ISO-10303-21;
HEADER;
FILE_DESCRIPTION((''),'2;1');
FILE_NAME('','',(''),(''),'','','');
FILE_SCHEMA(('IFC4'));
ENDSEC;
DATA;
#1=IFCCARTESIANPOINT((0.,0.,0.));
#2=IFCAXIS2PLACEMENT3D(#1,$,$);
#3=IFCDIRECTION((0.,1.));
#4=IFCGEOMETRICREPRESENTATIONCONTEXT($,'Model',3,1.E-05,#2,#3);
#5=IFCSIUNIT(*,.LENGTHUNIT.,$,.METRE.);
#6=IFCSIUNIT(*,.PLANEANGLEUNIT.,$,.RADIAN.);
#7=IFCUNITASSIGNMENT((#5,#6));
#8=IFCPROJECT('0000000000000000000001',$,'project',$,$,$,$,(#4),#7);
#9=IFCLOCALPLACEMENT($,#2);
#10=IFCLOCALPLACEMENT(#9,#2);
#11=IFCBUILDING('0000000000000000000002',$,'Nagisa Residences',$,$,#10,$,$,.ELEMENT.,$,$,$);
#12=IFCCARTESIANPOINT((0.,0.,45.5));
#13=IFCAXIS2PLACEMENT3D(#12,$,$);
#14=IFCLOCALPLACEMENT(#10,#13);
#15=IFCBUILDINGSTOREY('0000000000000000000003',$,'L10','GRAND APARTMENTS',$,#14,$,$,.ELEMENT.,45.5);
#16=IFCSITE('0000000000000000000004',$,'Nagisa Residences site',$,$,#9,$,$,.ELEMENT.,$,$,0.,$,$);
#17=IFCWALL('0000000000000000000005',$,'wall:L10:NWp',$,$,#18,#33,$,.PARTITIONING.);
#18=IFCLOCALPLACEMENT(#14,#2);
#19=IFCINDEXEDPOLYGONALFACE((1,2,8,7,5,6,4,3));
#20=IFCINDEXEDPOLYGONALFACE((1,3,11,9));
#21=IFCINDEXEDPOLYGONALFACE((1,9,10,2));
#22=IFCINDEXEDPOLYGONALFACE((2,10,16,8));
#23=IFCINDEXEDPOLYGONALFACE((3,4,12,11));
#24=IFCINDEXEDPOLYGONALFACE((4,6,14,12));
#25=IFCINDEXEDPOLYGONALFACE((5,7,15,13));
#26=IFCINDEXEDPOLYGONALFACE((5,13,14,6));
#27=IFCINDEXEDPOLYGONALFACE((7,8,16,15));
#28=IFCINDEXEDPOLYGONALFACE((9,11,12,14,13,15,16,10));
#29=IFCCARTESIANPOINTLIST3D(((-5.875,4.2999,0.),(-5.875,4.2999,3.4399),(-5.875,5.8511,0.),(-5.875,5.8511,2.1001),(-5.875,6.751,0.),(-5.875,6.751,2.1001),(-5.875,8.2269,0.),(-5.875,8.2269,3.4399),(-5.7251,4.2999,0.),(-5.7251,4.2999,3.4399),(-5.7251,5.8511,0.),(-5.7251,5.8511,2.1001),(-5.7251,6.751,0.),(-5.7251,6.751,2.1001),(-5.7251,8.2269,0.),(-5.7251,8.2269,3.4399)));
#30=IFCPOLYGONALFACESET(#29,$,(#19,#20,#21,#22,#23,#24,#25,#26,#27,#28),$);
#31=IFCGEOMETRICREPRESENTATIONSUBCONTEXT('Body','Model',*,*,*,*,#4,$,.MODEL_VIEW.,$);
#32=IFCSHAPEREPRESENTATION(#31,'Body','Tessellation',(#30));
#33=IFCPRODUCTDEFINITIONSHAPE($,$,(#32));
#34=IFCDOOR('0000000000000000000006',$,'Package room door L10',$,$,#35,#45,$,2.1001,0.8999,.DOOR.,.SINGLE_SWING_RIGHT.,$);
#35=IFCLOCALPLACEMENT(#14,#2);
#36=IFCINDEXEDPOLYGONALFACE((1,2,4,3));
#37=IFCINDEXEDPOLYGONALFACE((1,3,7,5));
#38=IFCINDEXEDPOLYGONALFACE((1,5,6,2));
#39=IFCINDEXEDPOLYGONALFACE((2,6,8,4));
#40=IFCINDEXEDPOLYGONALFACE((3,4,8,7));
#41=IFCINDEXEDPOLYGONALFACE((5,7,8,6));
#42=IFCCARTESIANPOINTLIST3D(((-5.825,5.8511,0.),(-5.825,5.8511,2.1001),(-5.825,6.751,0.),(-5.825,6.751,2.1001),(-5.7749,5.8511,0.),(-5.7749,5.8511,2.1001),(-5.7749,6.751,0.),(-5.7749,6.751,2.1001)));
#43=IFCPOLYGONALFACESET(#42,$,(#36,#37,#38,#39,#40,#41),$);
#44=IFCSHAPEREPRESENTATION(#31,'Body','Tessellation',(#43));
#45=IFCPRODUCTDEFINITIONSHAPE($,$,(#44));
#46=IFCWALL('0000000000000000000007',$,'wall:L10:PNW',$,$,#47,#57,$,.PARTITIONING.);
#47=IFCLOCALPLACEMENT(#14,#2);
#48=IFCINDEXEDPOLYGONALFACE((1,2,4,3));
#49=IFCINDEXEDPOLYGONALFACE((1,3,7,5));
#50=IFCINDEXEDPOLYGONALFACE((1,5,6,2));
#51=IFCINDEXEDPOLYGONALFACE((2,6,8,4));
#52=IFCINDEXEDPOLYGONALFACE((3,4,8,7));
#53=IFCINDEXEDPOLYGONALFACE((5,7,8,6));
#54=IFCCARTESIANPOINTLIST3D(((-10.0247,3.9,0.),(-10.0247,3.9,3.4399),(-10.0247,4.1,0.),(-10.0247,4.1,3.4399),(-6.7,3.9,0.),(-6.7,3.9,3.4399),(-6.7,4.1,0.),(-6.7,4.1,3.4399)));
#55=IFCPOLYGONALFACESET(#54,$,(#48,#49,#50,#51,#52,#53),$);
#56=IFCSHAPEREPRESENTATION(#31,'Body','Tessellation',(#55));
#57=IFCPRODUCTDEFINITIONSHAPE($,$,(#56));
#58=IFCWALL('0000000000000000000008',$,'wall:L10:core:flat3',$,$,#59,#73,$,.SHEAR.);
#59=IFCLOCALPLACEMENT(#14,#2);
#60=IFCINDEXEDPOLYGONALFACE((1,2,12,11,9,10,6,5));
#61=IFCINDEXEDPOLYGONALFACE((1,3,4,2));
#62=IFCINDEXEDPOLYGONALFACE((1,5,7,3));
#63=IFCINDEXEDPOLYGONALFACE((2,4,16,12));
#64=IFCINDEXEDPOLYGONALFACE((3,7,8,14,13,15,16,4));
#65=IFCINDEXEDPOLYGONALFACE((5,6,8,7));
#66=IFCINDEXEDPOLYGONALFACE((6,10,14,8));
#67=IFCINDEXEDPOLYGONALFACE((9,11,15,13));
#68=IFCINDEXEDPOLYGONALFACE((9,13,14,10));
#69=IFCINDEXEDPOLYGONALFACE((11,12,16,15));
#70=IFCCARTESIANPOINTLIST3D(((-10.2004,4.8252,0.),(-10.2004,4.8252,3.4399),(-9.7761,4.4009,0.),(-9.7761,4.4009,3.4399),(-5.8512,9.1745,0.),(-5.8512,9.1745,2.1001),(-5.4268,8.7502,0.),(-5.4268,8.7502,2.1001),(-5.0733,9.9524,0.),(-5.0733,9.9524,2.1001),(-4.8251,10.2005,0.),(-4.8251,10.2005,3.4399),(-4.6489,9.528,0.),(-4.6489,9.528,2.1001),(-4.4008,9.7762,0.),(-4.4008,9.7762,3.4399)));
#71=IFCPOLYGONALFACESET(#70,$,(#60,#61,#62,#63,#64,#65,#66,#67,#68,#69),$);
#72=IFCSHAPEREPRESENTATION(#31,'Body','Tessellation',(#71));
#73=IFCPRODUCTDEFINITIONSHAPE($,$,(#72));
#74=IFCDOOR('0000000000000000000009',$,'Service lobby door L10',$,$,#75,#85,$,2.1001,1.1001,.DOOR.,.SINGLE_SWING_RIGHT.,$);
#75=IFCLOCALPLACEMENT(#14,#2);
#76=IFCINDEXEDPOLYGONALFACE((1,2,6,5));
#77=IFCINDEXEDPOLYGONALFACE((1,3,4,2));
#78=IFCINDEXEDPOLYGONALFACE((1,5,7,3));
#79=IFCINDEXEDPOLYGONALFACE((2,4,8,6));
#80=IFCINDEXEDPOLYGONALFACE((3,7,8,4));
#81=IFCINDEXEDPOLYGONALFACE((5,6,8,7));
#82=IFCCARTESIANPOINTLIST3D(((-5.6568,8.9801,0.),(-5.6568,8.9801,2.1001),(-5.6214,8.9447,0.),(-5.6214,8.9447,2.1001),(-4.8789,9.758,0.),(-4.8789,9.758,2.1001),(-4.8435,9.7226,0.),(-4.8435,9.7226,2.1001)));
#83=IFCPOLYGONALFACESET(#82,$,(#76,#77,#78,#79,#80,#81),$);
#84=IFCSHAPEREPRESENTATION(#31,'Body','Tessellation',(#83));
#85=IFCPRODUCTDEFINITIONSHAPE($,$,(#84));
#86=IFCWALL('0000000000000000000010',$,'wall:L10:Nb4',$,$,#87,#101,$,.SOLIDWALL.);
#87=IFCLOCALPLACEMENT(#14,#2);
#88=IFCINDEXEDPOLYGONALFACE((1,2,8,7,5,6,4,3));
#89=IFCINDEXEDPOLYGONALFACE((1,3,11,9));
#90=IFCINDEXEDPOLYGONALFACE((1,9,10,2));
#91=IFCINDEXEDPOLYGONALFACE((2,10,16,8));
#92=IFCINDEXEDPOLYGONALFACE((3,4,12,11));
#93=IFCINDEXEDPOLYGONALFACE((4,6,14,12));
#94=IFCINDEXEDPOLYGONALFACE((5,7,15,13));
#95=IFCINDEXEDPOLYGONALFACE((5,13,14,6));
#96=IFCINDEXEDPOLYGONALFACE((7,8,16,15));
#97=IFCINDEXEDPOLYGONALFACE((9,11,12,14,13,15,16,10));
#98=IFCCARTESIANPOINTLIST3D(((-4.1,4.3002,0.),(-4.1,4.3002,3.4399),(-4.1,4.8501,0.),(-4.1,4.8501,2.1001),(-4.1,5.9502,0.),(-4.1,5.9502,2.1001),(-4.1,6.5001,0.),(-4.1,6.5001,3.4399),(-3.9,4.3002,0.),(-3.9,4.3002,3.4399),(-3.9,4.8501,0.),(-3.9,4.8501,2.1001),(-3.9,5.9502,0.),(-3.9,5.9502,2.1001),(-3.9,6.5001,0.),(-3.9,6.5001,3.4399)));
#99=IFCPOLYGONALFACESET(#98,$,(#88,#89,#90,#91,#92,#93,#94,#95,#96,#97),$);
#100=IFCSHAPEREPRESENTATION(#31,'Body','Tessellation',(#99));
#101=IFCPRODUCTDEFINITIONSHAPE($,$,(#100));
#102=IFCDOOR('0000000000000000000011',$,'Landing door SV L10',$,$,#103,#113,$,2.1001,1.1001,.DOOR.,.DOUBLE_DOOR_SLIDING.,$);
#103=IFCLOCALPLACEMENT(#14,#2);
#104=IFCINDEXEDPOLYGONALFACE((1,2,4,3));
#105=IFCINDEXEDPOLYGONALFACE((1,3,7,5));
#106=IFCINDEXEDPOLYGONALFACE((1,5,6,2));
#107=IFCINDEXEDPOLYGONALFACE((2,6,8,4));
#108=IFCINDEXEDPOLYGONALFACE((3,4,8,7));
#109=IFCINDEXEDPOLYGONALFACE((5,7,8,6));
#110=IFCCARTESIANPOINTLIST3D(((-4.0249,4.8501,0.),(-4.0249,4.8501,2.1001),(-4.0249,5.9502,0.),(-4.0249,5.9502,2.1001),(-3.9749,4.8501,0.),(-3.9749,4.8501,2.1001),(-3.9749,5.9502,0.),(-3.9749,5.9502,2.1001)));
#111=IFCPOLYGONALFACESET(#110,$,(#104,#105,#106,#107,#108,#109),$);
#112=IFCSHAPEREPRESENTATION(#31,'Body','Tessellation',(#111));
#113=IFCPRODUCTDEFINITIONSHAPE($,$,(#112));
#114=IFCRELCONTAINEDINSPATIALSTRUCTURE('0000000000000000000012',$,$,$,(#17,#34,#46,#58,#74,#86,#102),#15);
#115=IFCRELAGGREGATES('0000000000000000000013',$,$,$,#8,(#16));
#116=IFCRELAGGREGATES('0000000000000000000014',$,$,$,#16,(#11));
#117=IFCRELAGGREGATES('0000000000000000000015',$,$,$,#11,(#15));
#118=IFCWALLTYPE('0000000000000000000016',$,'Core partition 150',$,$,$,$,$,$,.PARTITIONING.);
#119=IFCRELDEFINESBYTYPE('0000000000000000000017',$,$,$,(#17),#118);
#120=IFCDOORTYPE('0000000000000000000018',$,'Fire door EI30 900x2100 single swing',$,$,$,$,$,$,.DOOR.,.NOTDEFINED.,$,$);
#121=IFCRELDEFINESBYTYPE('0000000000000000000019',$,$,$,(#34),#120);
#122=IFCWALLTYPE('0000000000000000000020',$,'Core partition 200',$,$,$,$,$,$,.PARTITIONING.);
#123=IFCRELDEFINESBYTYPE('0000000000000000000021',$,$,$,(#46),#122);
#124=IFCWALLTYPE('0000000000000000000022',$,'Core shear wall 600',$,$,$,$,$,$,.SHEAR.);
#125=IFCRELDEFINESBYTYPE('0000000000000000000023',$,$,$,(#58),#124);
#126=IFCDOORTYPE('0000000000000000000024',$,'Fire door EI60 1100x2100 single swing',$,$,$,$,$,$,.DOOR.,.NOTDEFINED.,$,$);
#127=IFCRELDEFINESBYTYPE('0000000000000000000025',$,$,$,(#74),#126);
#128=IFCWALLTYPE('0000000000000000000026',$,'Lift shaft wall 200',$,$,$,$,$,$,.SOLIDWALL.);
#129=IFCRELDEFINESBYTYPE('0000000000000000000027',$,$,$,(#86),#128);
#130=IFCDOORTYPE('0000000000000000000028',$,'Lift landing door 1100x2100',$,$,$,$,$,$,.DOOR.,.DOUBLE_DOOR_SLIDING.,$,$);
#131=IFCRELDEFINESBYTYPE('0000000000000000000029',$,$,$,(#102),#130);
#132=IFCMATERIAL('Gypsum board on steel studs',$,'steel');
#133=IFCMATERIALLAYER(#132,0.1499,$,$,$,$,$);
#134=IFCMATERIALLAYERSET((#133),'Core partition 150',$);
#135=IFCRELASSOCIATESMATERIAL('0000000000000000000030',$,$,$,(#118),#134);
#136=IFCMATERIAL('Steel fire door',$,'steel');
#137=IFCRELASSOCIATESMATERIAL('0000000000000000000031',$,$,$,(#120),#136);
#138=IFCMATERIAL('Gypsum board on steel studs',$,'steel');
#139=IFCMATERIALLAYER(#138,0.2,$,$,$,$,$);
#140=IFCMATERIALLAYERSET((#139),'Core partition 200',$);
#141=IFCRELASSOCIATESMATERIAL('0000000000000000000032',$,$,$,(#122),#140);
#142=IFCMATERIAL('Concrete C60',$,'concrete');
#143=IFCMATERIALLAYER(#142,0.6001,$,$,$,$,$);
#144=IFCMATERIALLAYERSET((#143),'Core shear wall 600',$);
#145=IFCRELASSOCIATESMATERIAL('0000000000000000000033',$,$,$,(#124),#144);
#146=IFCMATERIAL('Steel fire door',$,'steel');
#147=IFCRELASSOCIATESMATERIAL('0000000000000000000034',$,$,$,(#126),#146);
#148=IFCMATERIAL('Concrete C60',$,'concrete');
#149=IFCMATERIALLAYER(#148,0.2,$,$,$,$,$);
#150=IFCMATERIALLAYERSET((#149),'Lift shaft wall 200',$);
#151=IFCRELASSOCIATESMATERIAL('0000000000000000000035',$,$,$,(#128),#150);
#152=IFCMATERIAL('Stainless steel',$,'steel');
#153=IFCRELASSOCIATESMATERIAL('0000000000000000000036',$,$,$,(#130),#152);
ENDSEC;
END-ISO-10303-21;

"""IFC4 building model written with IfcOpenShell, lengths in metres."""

from ifc_helpers import new_model, si_unit, direction, frame, frame_2d, origin, place, context, subcontext, project, spatial, rectangle, extrude, material, layer, layer_set, type_object, element, fill, save


model = new_model("IFC4")

# Units and contexts
model_context = context("Model", 3, precision=1e-05, world=origin(), true_north=direction((0.0, 1.0)))
body_context = subcontext(model_context, "Body", "Model", "MODEL_VIEW")
ifc_project = project(units=[si_unit("LENGTHUNIT", "METRE"), si_unit("PLANEANGLEUNIT", "RADIAN")], contexts=[model_context])

# Site, building, storey
site_placement = place(None, origin())
site = spatial("IfcSite", under=ifc_project, at=site_placement, Name="Nagisa Residences site", CompositionType="ELEMENT", RefElevation=0.0)
building_placement = place(site_placement, origin())
building = spatial("IfcBuilding", under=site, at=building_placement, Name="Nagisa Residences", CompositionType="ELEMENT")
storey_placement = place(building_placement, frame((0.0, 0.0, 45.5)))
storey = spatial("IfcBuildingStorey", under=building, at=storey_placement, Name="L10", Description="GRAND APARTMENTS", CompositionType="ELEMENT", Elevation=45.5)

# Wall, opening, door
ifc_material_1 = material(Name="Gypsum board on steel studs", Category="steel")
ifc_layer_1 = layer(ifc_material_1, 0.1499)
ifc_layer_set_1 = layer_set([ifc_layer_1], Name="Core partition 150")
wall_type_1 = type_object("IfcWallType", Name="Core partition 150", PredefinedType="PARTITIONING", material=ifc_layer_set_1)
wall_1_placement = place(storey_placement, frame((-5.8, 4.3, 0.0), z_axis=(0.0, 0.0, 1.0), x_axis=(0.0, 1.0, 0.0)))
wall_1 = element("IfcWall", 1, at=wall_1_placement, inside=storey, type_object=wall_type_1, Name="wall:L10:NWp", PredefinedType="PARTITIONING", context=body_context, shape_type="SweptSolid", body=[
    extrude(rectangle(XDim=3.927, YDim=0.1499, at=frame_2d((1.9634, 0.0))), origin(), (0.0, 0.0, 1.0), 3.4399),
])
opening_1_placement = place(wall_1_placement, frame((1.551, 0.0, 0.0)))
opening_1 = element("IfcOpeningElement", 2, at=opening_1_placement, cuts=wall_1, PredefinedType="OPENING", context=body_context, shape_type="SweptSolid", body=[
    extrude(rectangle(XDim=0.8999, YDim=2.1001, at=frame_2d((0.45, 1.05))), frame((0.0, 0.085, 0.0), z_axis=(0.0, -1.0, 0.0), x_axis=(1.0, 0.0, 0.0)), (0.0, 0.0, 1.0), 0.1699),
])
ifc_material_2 = material(Name="Steel fire door", Category="steel")
door_type_1 = type_object("IfcDoorType", Name="Fire door EI30 900x2100 single swing", OperationType="NOTDEFINED", PredefinedType="DOOR", material=ifc_material_2)
door_1_placement = place(opening_1_placement, origin())
door_1 = element("IfcDoor", 3, at=door_1_placement, inside=storey, type_object=door_type_1, Name="Package room door L10", OperationType="SINGLE_SWING_RIGHT", OverallHeight=2.1001, OverallWidth=0.8999, PredefinedType="DOOR", context=body_context, shape_type="SweptSolid", body=[
    extrude(rectangle(XDim=0.8999, YDim=2.1001, at=frame_2d((0.45, 1.05))), frame((0.0, 0.0249, 0.0), z_axis=(0.0, -1.0, 0.0), x_axis=(1.0, 0.0, 0.0)), (0.0, 0.0, 1.0), 0.05),
])
fill(opening_1, door_1)

# Wall
ifc_material_3 = material(Name="Gypsum board on steel studs", Category="steel")
ifc_layer_2 = layer(ifc_material_3, 0.2)
ifc_layer_set_2 = layer_set([ifc_layer_2], Name="Core partition 200")
wall_type_2 = type_object("IfcWallType", Name="Core partition 200", PredefinedType="PARTITIONING", material=ifc_layer_set_2)
wall_2_placement = place(storey_placement, frame((-10.0247, 4.0, 0.0), z_axis=(0.0, 0.0, 1.0), x_axis=(1.0, 0.0, 0.0)))
element("IfcWall", 4, at=wall_2_placement, inside=storey, type_object=wall_type_2, Name="wall:L10:PNW", PredefinedType="PARTITIONING", context=body_context, shape_type="SweptSolid", body=[
    extrude(rectangle(XDim=3.3247, YDim=0.2, at=frame_2d((1.6624, 0.0))), origin(), (0.0, 0.0, 1.0), 3.4399),
])

# Walls, openings, doors
ifc_material_4 = material(Name="Concrete C60", Category="concrete")
ifc_layer_3 = layer(ifc_material_4, 0.6001)
ifc_layer_set_3 = layer_set([ifc_layer_3], Name="Core shear wall 600")
wall_type_3 = type_object("IfcWallType", Name="Core shear wall 600", PredefinedType="SHEAR", material=ifc_layer_set_3)
wall_3_placement = place(storey_placement, frame((-4.613, 9.9883, 0.0), z_axis=(0.0, 0.0, 1.0), x_axis=(-0.707107, -0.707107, 0.0)))
wall_3 = element("IfcWall", 5, at=wall_3_placement, inside=storey, type_object=wall_type_3, Name="wall:L10:core:flat3", PredefinedType="SHEAR", context=body_context, shape_type="SweptSolid", body=[
    extrude(rectangle(XDim=7.6018, YDim=0.6001, at=frame_2d((3.8008, 0.0))), origin(), (0.0, 0.0, 1.0), 3.4399),
])
opening_2_placement = place(wall_3_placement, frame((0.3508, 0.0, 0.0)))
opening_2 = element("IfcOpeningElement", 6, at=opening_2_placement, cuts=wall_3, PredefinedType="OPENING", context=body_context, shape_type="SweptSolid", body=[
    extrude(rectangle(XDim=1.1001, YDim=2.1001, at=frame_2d((0.55, 1.05))), frame((0.0, 0.3101, 0.0), z_axis=(0.0, -1.0, 0.0), x_axis=(1.0, 0.0, 0.0)), (0.0, 0.0, 1.0), 0.6201),
])
ifc_material_5 = material(Name="Steel fire door", Category="steel")
door_type_2 = type_object("IfcDoorType", Name="Fire door EI60 1100x2100 single swing", OperationType="NOTDEFINED", PredefinedType="DOOR", material=ifc_material_5)
door_2_placement = place(opening_2_placement, origin())
door_2 = element("IfcDoor", 7, at=door_2_placement, inside=storey, type_object=door_type_2, Name="Service lobby door L10", OperationType="SINGLE_SWING_RIGHT", OverallHeight=2.1001, OverallWidth=1.1001, PredefinedType="DOOR", context=body_context, shape_type="SweptSolid", body=[
    extrude(rectangle(XDim=1.1001, YDim=2.1001, at=frame_2d((0.55, 1.05))), frame((0.0, 0.0249, 0.0), z_axis=(0.0, -1.0, 0.0), x_axis=(1.0, 0.0, 0.0)), (0.0, 0.0, 1.0), 0.05),
])
fill(opening_2, door_2)
ifc_material_6 = material(Name="Concrete C60", Category="concrete")
ifc_layer_4 = layer(ifc_material_6, 0.2)
ifc_layer_set_4 = layer_set([ifc_layer_4], Name="Lift shaft wall 200")
wall_type_4 = type_object("IfcWallType", Name="Lift shaft wall 200", PredefinedType="SOLIDWALL", material=ifc_layer_set_4)
wall_4_placement = place(storey_placement, frame((-4.0, 4.3, 0.0), z_axis=(0.0, 0.0, 1.0), x_axis=(0.0, 1.0, 0.0)))
wall_4 = element("IfcWall", 8, at=wall_4_placement, inside=storey, type_object=wall_type_4, Name="wall:L10:Nb4", PredefinedType="SOLIDWALL", context=body_context, shape_type="SweptSolid", body=[
    extrude(rectangle(XDim=2.2, YDim=0.2, at=frame_2d((1.1001, 0.0))), origin(), (0.0, 0.0, 1.0), 3.4399),
])
opening_3_placement = place(wall_4_placement, frame((0.55, 0.0, 0.0)))
opening_3 = element("IfcOpeningElement", 9, at=opening_3_placement, cuts=wall_4, PredefinedType="OPENING", context=body_context, shape_type="SweptSolid", body=[
    extrude(rectangle(XDim=1.1001, YDim=2.1001, at=frame_2d((0.55, 1.05))), frame((0.0, 0.1099, 0.0), z_axis=(0.0, -1.0, 0.0), x_axis=(1.0, 0.0, 0.0)), (0.0, 0.0, 1.0), 0.22),
])
ifc_material_7 = material(Name="Stainless steel", Category="steel")
door_type_3 = type_object("IfcDoorType", Name="Lift landing door 1100x2100", OperationType="DOUBLE_DOOR_SLIDING", PredefinedType="DOOR", material=ifc_material_7)
door_3_placement = place(opening_3_placement, origin())
door_3 = element("IfcDoor", 10, at=door_3_placement, inside=storey, type_object=door_type_3, Name="Landing door SV L10", OperationType="DOUBLE_DOOR_SLIDING", OverallHeight=2.1001, OverallWidth=1.1001, PredefinedType="DOOR", context=body_context, shape_type="SweptSolid", body=[
    extrude(rectangle(XDim=1.1001, YDim=2.1001, at=frame_2d((0.55, 1.05))), frame((0.0, 0.0249, 0.0), z_axis=(0.0, -1.0, 0.0), x_axis=(1.0, 0.0, 0.0)), (0.0, 0.0, 1.0), 0.05),
])
fill(opening_3, door_3)

save(model, "model.ifc")
